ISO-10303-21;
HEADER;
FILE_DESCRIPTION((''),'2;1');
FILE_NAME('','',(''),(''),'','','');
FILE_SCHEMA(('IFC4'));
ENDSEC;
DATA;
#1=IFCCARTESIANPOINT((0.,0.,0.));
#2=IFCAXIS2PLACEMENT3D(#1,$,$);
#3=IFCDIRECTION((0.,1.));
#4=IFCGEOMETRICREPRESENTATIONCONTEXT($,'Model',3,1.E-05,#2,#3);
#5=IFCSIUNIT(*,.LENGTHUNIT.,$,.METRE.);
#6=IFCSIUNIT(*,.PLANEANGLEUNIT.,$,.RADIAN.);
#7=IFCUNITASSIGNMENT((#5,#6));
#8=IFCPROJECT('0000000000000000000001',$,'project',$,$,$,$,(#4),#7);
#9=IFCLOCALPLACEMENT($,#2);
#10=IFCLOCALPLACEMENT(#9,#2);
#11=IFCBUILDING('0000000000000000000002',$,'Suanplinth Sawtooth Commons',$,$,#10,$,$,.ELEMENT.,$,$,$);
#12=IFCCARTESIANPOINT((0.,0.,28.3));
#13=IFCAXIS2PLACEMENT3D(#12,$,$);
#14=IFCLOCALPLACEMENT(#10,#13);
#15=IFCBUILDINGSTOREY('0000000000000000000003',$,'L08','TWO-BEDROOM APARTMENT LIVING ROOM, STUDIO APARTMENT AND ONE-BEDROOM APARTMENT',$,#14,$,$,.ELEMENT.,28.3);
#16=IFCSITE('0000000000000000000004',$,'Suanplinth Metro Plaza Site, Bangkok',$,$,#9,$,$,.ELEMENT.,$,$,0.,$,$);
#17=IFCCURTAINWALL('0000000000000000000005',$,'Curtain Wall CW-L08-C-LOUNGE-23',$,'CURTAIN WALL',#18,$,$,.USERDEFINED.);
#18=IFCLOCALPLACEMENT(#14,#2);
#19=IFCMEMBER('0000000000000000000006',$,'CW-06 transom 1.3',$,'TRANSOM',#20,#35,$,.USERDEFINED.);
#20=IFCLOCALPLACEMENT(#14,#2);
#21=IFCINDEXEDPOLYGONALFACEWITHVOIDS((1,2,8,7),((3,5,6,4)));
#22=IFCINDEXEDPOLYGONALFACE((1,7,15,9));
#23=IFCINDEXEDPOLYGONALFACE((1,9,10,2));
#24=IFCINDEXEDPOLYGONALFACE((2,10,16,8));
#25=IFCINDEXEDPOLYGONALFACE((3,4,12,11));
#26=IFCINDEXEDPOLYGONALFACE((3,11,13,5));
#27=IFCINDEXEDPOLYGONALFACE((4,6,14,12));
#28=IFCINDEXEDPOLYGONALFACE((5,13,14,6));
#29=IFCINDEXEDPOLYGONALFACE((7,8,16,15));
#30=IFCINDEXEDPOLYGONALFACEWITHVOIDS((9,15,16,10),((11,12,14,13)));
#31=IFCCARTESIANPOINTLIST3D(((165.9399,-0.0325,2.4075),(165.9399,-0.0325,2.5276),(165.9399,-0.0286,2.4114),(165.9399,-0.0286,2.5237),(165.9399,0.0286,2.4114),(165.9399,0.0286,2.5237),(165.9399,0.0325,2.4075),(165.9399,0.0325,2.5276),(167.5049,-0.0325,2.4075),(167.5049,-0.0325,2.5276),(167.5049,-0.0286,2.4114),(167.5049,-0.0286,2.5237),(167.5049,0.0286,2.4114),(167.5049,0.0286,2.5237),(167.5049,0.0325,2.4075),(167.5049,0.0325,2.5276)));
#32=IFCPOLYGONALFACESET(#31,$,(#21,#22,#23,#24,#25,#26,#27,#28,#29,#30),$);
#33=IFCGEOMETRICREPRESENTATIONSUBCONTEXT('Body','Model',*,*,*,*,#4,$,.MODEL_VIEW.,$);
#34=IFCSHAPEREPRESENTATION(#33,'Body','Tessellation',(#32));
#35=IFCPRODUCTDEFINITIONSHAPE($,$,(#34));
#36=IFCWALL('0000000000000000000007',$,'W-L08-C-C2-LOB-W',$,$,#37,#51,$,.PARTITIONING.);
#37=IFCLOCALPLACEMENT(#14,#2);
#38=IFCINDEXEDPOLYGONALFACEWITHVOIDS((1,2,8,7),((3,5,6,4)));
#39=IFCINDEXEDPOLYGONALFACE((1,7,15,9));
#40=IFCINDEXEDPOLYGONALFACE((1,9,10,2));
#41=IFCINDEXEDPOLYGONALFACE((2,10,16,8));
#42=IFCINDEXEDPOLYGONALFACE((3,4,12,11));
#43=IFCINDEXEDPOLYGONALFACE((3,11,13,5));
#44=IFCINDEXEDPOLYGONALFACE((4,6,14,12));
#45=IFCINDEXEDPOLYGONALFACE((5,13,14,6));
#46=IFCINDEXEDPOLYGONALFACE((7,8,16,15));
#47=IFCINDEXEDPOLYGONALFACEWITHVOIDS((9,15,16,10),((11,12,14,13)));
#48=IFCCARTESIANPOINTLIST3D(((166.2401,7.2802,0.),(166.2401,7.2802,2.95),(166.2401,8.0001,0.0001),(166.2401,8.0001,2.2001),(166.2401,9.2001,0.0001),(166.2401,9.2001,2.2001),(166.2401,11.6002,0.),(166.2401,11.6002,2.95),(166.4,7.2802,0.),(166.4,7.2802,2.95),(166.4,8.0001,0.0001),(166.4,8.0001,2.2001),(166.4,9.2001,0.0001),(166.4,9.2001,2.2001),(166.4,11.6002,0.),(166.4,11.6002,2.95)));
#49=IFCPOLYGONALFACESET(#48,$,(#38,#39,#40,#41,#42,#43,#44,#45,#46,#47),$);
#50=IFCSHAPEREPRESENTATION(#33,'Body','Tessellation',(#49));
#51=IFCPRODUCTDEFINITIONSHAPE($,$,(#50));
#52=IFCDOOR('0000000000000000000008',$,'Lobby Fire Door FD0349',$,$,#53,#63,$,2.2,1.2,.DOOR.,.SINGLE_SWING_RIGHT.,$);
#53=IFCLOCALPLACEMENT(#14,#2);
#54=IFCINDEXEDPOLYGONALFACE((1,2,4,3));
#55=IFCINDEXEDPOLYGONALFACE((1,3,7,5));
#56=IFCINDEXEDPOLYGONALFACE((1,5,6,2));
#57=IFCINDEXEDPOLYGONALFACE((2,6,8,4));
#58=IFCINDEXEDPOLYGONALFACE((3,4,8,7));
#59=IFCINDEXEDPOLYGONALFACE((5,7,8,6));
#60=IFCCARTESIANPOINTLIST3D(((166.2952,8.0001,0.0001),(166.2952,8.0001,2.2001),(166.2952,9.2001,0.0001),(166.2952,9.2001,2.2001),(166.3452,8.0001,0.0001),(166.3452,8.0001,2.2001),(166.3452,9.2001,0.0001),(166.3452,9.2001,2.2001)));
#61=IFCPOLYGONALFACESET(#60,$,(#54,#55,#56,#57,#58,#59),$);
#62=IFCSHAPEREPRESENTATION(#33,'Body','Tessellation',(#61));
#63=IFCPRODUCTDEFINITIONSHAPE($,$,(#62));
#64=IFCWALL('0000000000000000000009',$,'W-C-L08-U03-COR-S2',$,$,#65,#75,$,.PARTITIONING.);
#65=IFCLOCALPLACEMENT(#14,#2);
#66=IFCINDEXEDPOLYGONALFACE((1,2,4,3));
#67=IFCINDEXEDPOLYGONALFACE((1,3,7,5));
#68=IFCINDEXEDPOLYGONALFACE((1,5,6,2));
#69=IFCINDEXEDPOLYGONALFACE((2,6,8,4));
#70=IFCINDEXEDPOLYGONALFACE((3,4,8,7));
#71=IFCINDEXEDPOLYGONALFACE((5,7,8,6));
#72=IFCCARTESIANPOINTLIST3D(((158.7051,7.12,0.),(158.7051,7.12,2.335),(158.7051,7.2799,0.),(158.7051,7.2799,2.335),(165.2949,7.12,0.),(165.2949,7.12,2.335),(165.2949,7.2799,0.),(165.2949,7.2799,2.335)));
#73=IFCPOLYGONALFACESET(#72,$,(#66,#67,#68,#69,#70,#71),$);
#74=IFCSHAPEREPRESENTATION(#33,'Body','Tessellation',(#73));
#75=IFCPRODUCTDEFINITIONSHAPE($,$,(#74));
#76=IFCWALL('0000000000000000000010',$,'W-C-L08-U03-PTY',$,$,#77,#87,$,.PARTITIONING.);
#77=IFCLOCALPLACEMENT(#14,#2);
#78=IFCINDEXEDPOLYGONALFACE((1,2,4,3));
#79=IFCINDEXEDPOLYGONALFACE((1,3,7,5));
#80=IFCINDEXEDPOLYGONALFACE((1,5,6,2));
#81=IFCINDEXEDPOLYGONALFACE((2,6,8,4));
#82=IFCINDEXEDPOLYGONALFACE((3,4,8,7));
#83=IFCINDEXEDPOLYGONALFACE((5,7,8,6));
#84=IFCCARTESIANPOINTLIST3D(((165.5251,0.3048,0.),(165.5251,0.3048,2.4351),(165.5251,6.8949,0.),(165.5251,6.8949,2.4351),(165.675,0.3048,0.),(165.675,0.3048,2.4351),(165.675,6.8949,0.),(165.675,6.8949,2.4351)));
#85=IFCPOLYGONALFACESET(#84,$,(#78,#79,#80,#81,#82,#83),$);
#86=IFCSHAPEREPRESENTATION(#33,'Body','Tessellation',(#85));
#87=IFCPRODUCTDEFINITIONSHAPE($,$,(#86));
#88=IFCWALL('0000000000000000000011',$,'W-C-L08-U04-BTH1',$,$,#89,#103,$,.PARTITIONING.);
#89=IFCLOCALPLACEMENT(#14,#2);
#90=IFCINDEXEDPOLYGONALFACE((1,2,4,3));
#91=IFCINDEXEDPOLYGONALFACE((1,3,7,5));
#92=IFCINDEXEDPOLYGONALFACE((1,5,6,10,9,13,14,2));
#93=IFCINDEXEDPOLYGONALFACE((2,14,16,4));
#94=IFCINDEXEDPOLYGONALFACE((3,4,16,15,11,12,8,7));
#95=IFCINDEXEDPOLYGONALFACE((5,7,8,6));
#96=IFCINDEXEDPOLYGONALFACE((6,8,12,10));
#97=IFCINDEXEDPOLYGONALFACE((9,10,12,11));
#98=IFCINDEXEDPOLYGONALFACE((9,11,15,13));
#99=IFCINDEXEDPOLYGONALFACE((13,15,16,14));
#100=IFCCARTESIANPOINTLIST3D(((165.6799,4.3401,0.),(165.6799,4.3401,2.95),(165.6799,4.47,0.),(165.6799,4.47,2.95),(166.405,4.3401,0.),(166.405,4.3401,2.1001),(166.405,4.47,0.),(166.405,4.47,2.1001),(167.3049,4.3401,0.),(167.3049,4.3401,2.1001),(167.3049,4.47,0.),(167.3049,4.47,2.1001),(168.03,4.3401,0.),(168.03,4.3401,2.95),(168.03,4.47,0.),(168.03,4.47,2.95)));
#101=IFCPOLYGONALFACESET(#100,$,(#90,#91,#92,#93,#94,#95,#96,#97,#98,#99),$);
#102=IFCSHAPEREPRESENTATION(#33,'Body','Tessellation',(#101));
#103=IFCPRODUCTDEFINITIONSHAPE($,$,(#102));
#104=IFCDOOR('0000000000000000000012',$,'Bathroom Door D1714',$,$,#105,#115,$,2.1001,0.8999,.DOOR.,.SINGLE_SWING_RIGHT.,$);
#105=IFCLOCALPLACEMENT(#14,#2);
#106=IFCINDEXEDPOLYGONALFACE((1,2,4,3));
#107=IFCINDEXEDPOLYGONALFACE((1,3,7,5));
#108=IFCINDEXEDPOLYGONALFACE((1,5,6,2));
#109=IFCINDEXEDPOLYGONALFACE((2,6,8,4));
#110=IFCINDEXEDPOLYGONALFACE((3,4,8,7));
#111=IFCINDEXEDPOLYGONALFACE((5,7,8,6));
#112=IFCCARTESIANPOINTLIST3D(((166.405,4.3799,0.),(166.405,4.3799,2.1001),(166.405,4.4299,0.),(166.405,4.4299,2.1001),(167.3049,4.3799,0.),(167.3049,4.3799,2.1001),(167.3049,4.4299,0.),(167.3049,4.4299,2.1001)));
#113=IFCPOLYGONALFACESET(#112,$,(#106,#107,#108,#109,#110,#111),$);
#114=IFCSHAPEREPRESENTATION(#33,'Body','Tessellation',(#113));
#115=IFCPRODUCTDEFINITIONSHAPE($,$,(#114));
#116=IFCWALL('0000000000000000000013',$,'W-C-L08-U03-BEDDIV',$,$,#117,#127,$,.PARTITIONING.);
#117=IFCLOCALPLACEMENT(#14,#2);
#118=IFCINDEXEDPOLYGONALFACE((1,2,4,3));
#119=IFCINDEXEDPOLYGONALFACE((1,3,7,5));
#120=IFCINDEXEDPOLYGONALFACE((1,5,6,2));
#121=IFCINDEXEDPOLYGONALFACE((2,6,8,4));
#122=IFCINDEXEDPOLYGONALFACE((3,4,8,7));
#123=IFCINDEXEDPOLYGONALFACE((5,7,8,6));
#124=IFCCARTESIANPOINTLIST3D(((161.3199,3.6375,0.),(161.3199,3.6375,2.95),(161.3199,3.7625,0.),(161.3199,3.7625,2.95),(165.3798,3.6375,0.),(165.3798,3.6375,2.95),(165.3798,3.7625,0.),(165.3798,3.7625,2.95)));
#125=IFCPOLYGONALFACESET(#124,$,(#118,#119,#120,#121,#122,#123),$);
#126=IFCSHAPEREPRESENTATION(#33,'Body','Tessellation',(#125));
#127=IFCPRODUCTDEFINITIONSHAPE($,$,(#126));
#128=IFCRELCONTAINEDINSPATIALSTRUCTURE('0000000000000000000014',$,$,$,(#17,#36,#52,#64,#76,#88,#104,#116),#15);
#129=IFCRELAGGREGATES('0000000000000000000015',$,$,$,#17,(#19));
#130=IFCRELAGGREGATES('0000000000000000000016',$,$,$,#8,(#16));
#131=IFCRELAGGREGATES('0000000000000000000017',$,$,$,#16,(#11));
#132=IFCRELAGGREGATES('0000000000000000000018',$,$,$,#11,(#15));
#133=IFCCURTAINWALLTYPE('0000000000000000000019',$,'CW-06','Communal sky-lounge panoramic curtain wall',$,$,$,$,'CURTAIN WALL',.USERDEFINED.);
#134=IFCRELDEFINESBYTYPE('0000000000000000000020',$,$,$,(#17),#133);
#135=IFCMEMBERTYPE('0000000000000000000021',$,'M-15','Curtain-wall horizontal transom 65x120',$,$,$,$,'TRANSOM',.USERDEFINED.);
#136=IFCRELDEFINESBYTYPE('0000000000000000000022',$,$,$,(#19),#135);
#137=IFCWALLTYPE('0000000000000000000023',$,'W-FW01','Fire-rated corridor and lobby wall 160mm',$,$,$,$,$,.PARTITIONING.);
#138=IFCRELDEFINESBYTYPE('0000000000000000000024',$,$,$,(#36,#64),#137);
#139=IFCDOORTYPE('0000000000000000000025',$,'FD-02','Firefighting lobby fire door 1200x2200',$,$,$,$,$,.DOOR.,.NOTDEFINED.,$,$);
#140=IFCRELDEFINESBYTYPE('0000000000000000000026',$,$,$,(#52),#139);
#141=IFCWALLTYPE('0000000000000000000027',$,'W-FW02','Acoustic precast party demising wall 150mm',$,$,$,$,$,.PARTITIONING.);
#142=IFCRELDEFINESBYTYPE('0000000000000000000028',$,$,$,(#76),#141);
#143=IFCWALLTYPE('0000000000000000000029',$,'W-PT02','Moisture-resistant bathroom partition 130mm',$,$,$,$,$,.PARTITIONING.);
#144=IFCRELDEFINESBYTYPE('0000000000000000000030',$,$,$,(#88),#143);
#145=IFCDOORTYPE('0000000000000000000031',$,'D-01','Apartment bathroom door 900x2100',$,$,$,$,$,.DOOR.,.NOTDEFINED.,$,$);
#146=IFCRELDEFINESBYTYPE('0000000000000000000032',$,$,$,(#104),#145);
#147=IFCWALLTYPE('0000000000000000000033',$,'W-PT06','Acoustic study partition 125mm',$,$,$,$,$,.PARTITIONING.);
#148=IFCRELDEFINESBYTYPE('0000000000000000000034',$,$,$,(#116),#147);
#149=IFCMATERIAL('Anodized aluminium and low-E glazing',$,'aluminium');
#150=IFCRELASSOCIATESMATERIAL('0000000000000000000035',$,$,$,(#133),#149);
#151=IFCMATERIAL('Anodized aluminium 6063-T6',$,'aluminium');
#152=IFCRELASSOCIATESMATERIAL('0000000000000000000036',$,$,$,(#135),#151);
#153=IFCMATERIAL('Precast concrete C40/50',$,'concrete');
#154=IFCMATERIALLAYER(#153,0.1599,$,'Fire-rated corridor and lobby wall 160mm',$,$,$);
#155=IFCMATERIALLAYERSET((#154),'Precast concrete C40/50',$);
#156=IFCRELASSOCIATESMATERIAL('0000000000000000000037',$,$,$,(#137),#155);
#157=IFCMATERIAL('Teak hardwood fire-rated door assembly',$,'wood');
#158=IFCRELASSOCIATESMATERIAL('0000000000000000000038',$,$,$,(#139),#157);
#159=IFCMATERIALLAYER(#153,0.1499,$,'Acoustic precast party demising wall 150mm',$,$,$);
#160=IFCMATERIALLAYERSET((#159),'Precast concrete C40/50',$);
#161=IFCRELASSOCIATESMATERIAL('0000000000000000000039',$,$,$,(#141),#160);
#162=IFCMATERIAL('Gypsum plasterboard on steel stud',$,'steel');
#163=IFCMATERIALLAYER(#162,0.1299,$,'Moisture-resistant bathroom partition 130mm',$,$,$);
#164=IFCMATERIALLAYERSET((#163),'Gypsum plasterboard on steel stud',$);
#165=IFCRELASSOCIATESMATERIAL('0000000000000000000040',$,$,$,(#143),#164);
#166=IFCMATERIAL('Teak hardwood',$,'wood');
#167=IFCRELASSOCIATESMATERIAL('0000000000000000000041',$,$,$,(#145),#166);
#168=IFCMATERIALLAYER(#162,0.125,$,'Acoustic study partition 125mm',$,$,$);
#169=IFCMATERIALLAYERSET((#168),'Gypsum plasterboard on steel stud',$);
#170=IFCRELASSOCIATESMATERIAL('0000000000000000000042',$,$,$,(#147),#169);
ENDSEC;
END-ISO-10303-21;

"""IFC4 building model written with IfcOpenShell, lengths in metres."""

from ifc_helpers import new_model, si_unit, direction, frame, frame_2d, origin, origin_2d, place, context, subcontext, project, spatial, rectangle, hollow_rectangle, extrude, material, layer, layer_set, material_profile, profile_set, type_object, element, fill, aggregate, save


model = new_model("IFC4")

# Units and contexts
model_context = context("Model", 3, precision=1e-05, world=origin(), true_north=direction((0.0, 1.0)))
body_context = subcontext(model_context, "Body", "Model", "MODEL_VIEW")
ifc_project = project(units=[si_unit("LENGTHUNIT", "METRE"), si_unit("PLANEANGLEUNIT", "RADIAN")], contexts=[model_context])

# Site, building, storey
site_placement = place(None, origin())
site = spatial("IfcSite", under=ifc_project, at=site_placement, Name="Suanplinth Metro Plaza Site, Bangkok", CompositionType="ELEMENT", RefElevation=0.0)
building_placement = place(site_placement, origin())
building = spatial("IfcBuilding", under=site, at=building_placement, Name="Suanplinth Sawtooth Commons", CompositionType="ELEMENT")
storey_placement = place(building_placement, frame((0.0, 0.0, 28.3)))
storey = spatial("IfcBuildingStorey", under=building, at=storey_placement, Name="L08", Description="TWO-BEDROOM APARTMENT LIVING ROOM, STUDIO APARTMENT AND ONE-BEDROOM APARTMENT", CompositionType="ELEMENT", Elevation=28.3)

# Shared definitions
ifc_material_1 = material(Name="Precast concrete C40/50", Category="concrete")

# Curtain wall, member
ifc_material_2 = material(Name="Anodized aluminium and low-E glazing", Category="aluminium")
curtain_wall_type = type_object("IfcCurtainWallType", Name="CW-06", Description="Communal sky-lounge panoramic curtain wall", ElementType="CURTAIN WALL", PredefinedType="USERDEFINED", material=ifc_material_2)
curtain_wall_placement = place(storey_placement, origin())
curtain_wall = element("IfcCurtainWall", 1, at=curtain_wall_placement, inside=storey, type_object=curtain_wall_type, Name="Curtain Wall CW-L08-C-LOUNGE-23", ObjectType="CURTAIN WALL", PredefinedType="USERDEFINED")
ifc_material_3 = material(Name="Anodized aluminium 6063-T6", Category="aluminium")
ifc_material_profile_1 = material_profile(ifc_material_3, hollow_rectangle(XDim=0.0649, YDim=0.1201, WallThickness=0.0039, at=origin_2d()), Name="ALU-TRN 65x120")
ifc_profile_set_1 = profile_set([ifc_material_profile_1], Name="Anodized aluminium 6063-T6")
member_type_1 = type_object("IfcMemberType", Name="M-15", Description="Curtain-wall horizontal transom 65x120", ElementType="TRANSOM", PredefinedType="USERDEFINED", material=ifc_profile_set_1)
member_1_placement = place(storey_placement, frame((165.9399, 0.0, 2.4675), z_axis=(1.0, 0.0, 0.0), x_axis=(0.0, 1.0, 0.0)))
member_1 = element("IfcMember", 2, at=member_1_placement, type_object=member_type_1, Name="CW-06 transom 1.3", ObjectType="TRANSOM", PredefinedType="USERDEFINED", context=body_context, shape_type="SweptSolid", body=[
    extrude(hollow_rectangle(XDim=0.0649, YDim=0.1201, WallThickness=0.0039, at=origin_2d()), origin(), (0.0, 0.0, 1.0), 1.5649),
])
aggregate(curtain_wall, [member_1])

# Wall, opening, door
ifc_layer_1 = layer(ifc_material_1, 0.1599, Name="Fire-rated corridor and lobby wall 160mm")
ifc_layer_set_1 = layer_set([ifc_layer_1], Name="Precast concrete C40/50")
wall_type_1 = type_object("IfcWallType", Name="W-FW01", Description="Fire-rated corridor and lobby wall 160mm", PredefinedType="PARTITIONING", material=ifc_layer_set_1)
wall_1_placement = place(storey_placement, frame((166.3201, 7.28, 0.0), z_axis=(0.0, 0.0, 1.0), x_axis=(0.0, 1.0, 0.0)))
wall_1 = element("IfcWall", 3, at=wall_1_placement, inside=storey, type_object=wall_type_1, Name="W-L08-C-C2-LOB-W", PredefinedType="PARTITIONING", context=body_context, shape_type="SweptSolid", body=[
    extrude(rectangle(XDim=4.3201, YDim=0.1599, at=frame_2d((2.1602, 0.0))), origin(), (0.0, 0.0, 1.0), 2.95),
])
opening_1_placement = place(wall_1_placement, frame((0.72, 0.0, 0.0)))
opening_1 = element("IfcOpeningElement", 4, at=opening_1_placement, cuts=wall_1, PredefinedType="OPENING", context=body_context, shape_type="SweptSolid", body=[
    extrude(rectangle(XDim=1.2, YDim=2.2, at=frame_2d((0.6001, 1.1001))), frame((0.0, 0.0947, 0.0), z_axis=(0.0, -1.0, 0.0), x_axis=(1.0, 0.0, 0.0)), (0.0, 0.0, 1.0), 0.1897),
])
ifc_material_4 = material(Name="Teak hardwood fire-rated door assembly", Category="wood")
door_type_1 = type_object("IfcDoorType", Name="FD-02", Description="Firefighting lobby fire door 1200x2200", OperationType="NOTDEFINED", PredefinedType="DOOR", material=ifc_material_4)
door_1_placement = place(opening_1_placement, origin())
door_1 = element("IfcDoor", 5, at=door_1_placement, inside=storey, type_object=door_type_1, Name="Lobby Fire Door FD0349", OperationType="SINGLE_SWING_RIGHT", OverallHeight=2.2, OverallWidth=1.2, PredefinedType="DOOR", context=body_context, shape_type="SweptSolid", body=[
    extrude(rectangle(XDim=1.2, YDim=2.2, at=frame_2d((0.6001, 1.1001))), frame((0.0, 0.0249, 0.0), z_axis=(0.0, -1.0, 0.0), x_axis=(1.0, 0.0, 0.0)), (0.0, 0.0, 1.0), 0.05),
])
fill(opening_1, door_1)

# Wall
wall_2_placement = place(storey_placement, frame((158.7051, 7.2, 0.0), z_axis=(0.0, 0.0, 1.0), x_axis=(1.0, 0.0, 0.0)))
element("IfcWall", 6, at=wall_2_placement, inside=storey, type_object=wall_type_1, Name="W-C-L08-U03-COR-S2", PredefinedType="PARTITIONING", context=body_context, shape_type="SweptSolid", body=[
    extrude(rectangle(XDim=6.5898, YDim=0.1599, at=frame_2d((3.2949, 0.0))), origin(), (0.0, 0.0, 1.0), 2.335),
])

# Wall
ifc_layer_2 = layer(ifc_material_1, 0.1499, Name="Acoustic precast party demising wall 150mm")
ifc_layer_set_2 = layer_set([ifc_layer_2], Name="Precast concrete C40/50")
wall_type_2 = type_object("IfcWallType", Name="W-FW02", Description="Acoustic precast party demising wall 150mm", PredefinedType="PARTITIONING", material=ifc_layer_set_2)
wall_3_placement = place(storey_placement, frame((165.6001, 0.3049, 0.0), z_axis=(0.0, 0.0, 1.0), x_axis=(0.0, 1.0, 0.0)))
element("IfcWall", 7, at=wall_3_placement, inside=storey, type_object=wall_type_2, Name="W-C-L08-U03-PTY", PredefinedType="PARTITIONING", context=body_context, shape_type="SweptSolid", body=[
    extrude(rectangle(XDim=6.5901, YDim=0.1499, at=frame_2d((3.2949, 0.0))), origin(), (0.0, 0.0, 1.0), 2.4351),
])

# Wall, opening, door
ifc_material_5 = material(Name="Gypsum plasterboard on steel stud", Category="steel")
ifc_layer_3 = layer(ifc_material_5, 0.1299, Name="Moisture-resistant bathroom partition 130mm")
ifc_layer_set_3 = layer_set([ifc_layer_3], Name="Gypsum plasterboard on steel stud")
wall_type_3 = type_object("IfcWallType", Name="W-PT02", Description="Moisture-resistant bathroom partition 130mm", PredefinedType="PARTITIONING", material=ifc_layer_set_3)
wall_4_placement = place(storey_placement, frame((165.6799, 4.405, 0.0), z_axis=(0.0, 0.0, 1.0), x_axis=(1.0, 0.0, 0.0)))
wall_4 = element("IfcWall", 8, at=wall_4_placement, inside=storey, type_object=wall_type_3, Name="W-C-L08-U04-BTH1", PredefinedType="PARTITIONING", context=body_context, shape_type="SweptSolid", body=[
    extrude(rectangle(XDim=2.3501, YDim=0.1299, at=frame_2d((1.175, 0.0))), origin(), (0.0, 0.0, 1.0), 2.95),
])
opening_2_placement = place(wall_4_placement, frame((0.7251, 0.0, 0.0)))
opening_2 = element("IfcOpeningElement", 9, at=opening_2_placement, cuts=wall_4, PredefinedType="OPENING", context=body_context, shape_type="SweptSolid", body=[
    extrude(rectangle(XDim=0.8999, YDim=2.1001, at=frame_2d((0.45, 1.05))), frame((0.0, 0.0798, 0.0), z_axis=(0.0, -1.0, 0.0), x_axis=(1.0, 0.0, 0.0)), (0.0, 0.0, 1.0), 0.1597),
])
ifc_material_6 = material(Name="Teak hardwood", Category="wood")
door_type_2 = type_object("IfcDoorType", Name="D-01", Description="Apartment bathroom door 900x2100", OperationType="NOTDEFINED", PredefinedType="DOOR", material=ifc_material_6)
door_2_placement = place(opening_2_placement, origin())
door_2 = element("IfcDoor", 10, at=door_2_placement, inside=storey, type_object=door_type_2, Name="Bathroom Door D1714", OperationType="SINGLE_SWING_RIGHT", OverallHeight=2.1001, OverallWidth=0.8999, PredefinedType="DOOR", context=body_context, shape_type="SweptSolid", body=[
    extrude(rectangle(XDim=0.8999, YDim=2.1001, at=frame_2d((0.45, 1.05))), frame((0.0, 0.0249, 0.0), z_axis=(0.0, -1.0, 0.0), x_axis=(1.0, 0.0, 0.0)), (0.0, 0.0, 1.0), 0.05),
])
fill(opening_2, door_2)

# Wall
ifc_layer_4 = layer(ifc_material_5, 0.125, Name="Acoustic study partition 125mm")
ifc_layer_set_4 = layer_set([ifc_layer_4], Name="Gypsum plasterboard on steel stud")
wall_type_4 = type_object("IfcWallType", Name="W-PT06", Description="Acoustic study partition 125mm", PredefinedType="PARTITIONING", material=ifc_layer_set_4)
wall_5_placement = place(storey_placement, frame((161.3201, 3.7, 0.0), z_axis=(0.0, 0.0, 1.0), x_axis=(1.0, 0.0, 0.0)))
element("IfcWall", 11, at=wall_5_placement, inside=storey, type_object=wall_type_4, Name="W-C-L08-U03-BEDDIV", PredefinedType="PARTITIONING", context=body_context, shape_type="SweptSolid", body=[
    extrude(rectangle(XDim=4.0598, YDim=0.125, at=frame_2d((2.0298, 0.0))), origin(), (0.0, 0.0, 1.0), 2.95),
])

save(model, "model.ifc")
